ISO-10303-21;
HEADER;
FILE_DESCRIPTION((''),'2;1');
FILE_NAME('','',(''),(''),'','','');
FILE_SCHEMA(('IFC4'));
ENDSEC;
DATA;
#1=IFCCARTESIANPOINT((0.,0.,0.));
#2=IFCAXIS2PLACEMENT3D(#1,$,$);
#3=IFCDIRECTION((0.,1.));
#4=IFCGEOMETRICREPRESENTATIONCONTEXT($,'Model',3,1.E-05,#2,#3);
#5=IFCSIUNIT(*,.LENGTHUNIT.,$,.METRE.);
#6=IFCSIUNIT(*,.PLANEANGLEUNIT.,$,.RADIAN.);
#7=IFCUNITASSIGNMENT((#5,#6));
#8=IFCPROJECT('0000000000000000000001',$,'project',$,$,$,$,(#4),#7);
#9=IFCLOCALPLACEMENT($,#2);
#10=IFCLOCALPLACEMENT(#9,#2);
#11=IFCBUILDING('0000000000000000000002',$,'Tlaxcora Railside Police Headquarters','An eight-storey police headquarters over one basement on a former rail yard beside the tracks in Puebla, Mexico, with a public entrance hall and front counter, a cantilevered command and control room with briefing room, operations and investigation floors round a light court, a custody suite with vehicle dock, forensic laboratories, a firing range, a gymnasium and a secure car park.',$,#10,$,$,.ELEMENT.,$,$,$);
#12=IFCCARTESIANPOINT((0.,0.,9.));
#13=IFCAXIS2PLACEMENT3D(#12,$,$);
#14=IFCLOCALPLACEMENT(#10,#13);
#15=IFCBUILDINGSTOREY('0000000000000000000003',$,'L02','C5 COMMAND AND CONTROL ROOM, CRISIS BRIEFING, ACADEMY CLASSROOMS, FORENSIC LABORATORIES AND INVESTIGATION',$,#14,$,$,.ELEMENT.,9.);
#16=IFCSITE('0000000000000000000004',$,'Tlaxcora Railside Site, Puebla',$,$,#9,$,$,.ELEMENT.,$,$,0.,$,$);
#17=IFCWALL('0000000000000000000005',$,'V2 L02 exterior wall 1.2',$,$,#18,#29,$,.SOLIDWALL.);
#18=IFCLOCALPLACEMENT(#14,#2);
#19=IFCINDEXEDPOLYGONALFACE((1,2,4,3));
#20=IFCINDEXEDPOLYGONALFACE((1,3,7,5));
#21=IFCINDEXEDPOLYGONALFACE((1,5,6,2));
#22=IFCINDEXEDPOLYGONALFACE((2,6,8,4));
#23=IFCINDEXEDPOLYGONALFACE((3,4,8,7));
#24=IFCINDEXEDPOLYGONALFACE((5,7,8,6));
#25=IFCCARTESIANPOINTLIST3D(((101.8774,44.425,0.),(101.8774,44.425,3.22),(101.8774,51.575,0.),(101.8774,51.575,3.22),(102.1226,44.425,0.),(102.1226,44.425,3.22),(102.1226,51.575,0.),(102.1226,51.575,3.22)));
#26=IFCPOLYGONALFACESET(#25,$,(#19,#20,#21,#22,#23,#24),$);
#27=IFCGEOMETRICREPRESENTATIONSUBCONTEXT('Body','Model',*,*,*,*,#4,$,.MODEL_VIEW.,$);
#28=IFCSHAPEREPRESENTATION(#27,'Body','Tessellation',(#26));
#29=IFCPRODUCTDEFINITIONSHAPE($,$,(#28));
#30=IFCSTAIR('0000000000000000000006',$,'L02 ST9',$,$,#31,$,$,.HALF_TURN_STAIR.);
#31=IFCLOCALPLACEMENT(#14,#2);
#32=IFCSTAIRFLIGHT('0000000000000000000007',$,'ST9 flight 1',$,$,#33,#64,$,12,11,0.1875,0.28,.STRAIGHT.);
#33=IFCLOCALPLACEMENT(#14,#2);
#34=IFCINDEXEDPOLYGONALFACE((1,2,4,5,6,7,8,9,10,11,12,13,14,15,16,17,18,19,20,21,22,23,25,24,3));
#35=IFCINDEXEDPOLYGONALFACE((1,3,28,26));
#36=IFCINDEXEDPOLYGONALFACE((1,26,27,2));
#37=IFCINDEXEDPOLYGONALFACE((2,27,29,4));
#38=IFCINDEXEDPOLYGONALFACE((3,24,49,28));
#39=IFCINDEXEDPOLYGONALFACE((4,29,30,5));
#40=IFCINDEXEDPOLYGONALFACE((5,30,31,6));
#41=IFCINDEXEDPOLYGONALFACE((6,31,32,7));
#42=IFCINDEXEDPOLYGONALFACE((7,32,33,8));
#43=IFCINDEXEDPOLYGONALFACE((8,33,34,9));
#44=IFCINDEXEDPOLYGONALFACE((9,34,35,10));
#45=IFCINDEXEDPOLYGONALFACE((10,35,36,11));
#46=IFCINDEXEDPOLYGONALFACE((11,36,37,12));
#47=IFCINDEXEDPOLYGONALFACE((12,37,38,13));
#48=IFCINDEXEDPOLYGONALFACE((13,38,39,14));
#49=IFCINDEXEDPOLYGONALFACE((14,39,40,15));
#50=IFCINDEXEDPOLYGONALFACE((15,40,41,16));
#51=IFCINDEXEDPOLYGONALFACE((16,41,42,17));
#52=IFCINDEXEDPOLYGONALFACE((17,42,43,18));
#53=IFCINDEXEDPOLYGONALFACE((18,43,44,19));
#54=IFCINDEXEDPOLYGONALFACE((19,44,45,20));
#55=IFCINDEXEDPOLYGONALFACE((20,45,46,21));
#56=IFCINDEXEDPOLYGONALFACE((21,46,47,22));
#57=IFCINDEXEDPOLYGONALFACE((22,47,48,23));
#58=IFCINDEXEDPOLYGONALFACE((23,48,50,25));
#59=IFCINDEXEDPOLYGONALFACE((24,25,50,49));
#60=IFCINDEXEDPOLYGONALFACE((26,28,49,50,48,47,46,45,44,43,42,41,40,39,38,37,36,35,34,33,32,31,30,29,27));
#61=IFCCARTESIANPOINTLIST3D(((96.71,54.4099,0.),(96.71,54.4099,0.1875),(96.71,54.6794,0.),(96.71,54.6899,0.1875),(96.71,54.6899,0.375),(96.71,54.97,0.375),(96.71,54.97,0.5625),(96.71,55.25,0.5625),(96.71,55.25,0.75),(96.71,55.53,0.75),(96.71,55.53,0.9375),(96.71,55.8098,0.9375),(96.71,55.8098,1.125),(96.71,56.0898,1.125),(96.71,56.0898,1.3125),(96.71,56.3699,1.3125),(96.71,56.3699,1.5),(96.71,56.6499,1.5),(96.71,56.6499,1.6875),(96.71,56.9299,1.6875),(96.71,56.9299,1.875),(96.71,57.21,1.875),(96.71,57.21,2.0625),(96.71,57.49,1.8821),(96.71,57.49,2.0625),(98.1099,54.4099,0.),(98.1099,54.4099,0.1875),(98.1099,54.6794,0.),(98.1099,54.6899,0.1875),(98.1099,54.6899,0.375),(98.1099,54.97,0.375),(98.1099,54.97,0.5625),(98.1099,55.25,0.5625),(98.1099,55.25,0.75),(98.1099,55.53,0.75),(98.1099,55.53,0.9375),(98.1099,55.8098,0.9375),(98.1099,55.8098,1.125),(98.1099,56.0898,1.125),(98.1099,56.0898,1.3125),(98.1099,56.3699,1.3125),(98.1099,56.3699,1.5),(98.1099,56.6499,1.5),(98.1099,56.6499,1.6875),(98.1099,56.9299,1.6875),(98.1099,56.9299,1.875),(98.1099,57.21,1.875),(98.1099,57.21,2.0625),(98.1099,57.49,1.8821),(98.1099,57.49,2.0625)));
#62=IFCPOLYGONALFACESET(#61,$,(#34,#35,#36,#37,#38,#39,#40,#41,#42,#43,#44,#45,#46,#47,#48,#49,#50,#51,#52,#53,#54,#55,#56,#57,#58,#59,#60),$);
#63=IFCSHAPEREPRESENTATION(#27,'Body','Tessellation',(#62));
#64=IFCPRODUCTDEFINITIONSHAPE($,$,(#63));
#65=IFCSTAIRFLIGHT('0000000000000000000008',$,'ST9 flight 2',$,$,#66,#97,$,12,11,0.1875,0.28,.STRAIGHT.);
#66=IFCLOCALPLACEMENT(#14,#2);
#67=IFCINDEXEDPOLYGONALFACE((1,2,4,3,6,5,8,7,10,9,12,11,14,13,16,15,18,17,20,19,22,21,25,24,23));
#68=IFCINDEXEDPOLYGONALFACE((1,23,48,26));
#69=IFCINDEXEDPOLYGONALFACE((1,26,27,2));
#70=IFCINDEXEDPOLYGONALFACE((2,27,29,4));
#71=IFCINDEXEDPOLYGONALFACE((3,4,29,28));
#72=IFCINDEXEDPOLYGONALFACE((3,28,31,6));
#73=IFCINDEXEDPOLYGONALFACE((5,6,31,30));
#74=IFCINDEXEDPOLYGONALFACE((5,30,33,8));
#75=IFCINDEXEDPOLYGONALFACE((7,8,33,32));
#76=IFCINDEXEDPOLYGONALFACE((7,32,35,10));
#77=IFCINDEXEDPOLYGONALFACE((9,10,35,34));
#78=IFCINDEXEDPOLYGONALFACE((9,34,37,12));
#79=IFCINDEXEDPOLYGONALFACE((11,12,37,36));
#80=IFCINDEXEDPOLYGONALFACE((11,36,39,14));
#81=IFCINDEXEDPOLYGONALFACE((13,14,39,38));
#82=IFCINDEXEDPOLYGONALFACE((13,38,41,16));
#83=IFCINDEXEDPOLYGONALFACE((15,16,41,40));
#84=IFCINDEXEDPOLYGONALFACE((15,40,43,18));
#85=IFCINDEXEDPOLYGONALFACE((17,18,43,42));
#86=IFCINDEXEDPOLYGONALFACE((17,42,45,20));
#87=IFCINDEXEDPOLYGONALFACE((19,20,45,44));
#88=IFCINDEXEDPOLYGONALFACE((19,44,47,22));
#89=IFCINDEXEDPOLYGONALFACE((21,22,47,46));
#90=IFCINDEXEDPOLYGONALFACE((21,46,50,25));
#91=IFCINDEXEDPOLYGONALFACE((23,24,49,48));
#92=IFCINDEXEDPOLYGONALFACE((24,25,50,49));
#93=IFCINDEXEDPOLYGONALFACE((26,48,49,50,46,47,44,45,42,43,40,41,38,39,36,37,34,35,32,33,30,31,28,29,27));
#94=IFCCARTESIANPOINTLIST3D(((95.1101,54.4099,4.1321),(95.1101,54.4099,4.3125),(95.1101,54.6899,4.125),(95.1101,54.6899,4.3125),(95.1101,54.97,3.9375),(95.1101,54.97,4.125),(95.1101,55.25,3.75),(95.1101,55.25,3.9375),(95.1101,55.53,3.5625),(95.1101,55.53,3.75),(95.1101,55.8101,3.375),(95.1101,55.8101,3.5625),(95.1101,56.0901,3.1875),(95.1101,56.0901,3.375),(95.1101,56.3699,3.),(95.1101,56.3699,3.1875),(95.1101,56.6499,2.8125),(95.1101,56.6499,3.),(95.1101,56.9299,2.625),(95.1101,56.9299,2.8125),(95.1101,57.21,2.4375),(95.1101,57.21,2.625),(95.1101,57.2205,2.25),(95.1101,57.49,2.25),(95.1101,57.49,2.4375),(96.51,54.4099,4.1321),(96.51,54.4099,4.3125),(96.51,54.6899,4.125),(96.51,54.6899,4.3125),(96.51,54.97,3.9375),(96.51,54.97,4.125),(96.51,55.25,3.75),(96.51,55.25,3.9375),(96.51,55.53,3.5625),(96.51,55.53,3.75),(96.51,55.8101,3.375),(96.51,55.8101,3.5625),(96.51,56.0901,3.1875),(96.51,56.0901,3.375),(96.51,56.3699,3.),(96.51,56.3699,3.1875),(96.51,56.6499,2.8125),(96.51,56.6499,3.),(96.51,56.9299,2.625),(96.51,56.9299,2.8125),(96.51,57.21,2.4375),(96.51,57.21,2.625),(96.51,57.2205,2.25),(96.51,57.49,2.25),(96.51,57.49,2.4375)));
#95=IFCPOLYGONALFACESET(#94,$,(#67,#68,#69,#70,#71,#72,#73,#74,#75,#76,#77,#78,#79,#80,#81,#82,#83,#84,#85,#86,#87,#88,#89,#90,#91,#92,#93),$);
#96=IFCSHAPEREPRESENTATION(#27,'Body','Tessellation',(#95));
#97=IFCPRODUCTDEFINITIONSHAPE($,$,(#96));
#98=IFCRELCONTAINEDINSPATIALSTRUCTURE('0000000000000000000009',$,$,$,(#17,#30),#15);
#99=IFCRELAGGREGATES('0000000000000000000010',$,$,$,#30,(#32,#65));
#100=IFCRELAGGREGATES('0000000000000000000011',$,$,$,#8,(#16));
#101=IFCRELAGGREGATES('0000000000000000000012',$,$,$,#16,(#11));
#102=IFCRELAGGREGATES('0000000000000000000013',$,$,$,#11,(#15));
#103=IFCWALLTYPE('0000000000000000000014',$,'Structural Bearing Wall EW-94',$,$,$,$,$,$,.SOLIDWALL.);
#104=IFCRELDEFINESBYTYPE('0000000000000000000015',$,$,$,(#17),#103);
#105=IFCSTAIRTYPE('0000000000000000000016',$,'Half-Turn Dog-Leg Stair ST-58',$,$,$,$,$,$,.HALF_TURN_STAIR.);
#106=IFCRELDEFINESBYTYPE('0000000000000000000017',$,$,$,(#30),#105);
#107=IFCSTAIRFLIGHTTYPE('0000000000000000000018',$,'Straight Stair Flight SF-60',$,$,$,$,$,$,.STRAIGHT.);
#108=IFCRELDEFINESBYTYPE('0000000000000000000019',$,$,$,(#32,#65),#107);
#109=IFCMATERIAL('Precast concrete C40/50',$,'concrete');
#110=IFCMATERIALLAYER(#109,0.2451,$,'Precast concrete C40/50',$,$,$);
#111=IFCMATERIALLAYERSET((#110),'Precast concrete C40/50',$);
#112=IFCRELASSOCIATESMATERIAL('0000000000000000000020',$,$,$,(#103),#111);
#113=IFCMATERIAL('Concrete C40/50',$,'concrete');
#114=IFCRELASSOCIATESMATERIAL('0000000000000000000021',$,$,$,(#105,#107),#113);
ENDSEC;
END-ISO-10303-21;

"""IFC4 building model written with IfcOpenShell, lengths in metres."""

from ifc_helpers import new_model, si_unit, direction, frame, frame_2d, origin, place, context, subcontext, project, spatial, polyline, rectangle, outline, extrude, material, layer, layer_set, type_object, element, aggregate, save


model = new_model("IFC4")

# Units and contexts
model_context = context("Model", 3, precision=1e-05, world=origin(), true_north=direction((0.0, 1.0)))
body_context = subcontext(model_context, "Body", "Model", "MODEL_VIEW")
ifc_project = project(units=[si_unit("LENGTHUNIT", "METRE"), si_unit("PLANEANGLEUNIT", "RADIAN")], contexts=[model_context])

# Site, building, storey
site_placement = place(None, origin())
site = spatial("IfcSite", under=ifc_project, at=site_placement, Name="Tlaxcora Railside Site, Puebla", CompositionType="ELEMENT", RefElevation=0.0)
building_placement = place(site_placement, origin())
building = spatial("IfcBuilding", under=site, at=building_placement, Name="Tlaxcora Railside Police Headquarters", Description="An eight-storey police headquarters over one basement on a former rail yard beside the tracks in Puebla, Mexico, with a public entrance hall and front counter, a cantilevered command and control room with briefing room, operations and investigation floors round a light court, a custody suite with vehicle dock, forensic laboratories, a firing range, a gymnasium and a secure car park.", CompositionType="ELEMENT")
storey_placement = place(building_placement, frame((0.0, 0.0, 9.0)))
storey = spatial("IfcBuildingStorey", under=building, at=storey_placement, Name="L02", Description="C5 COMMAND AND CONTROL ROOM, CRISIS BRIEFING, ACADEMY CLASSROOMS, FORENSIC LABORATORIES AND INVESTIGATION", CompositionType="ELEMENT", Elevation=9.0)

# Shared definitions
ifc_material_1 = material(Name="Concrete C40/50", Category="concrete")

# Wall
ifc_material_2 = material(Name="Precast concrete C40/50", Category="concrete")
ifc_layer_1 = layer(ifc_material_2, 0.2451, Name="Precast concrete C40/50")
ifc_layer_set_1 = layer_set([ifc_layer_1], Name="Precast concrete C40/50")
wall_type_1 = type_object("IfcWallType", Name="Structural Bearing Wall EW-94", PredefinedType="SOLIDWALL", material=ifc_layer_set_1)
wall_1_placement = place(storey_placement, frame((102.0, 44.425, 0.0), z_axis=(0.0, 0.0, 1.0), x_axis=(0.0, 1.0, 0.0)))
element("IfcWall", 1, at=wall_1_placement, inside=storey, type_object=wall_type_1, Name="V2 L02 exterior wall 1.2", PredefinedType="SOLIDWALL", context=body_context, shape_type="SweptSolid", body=[
    extrude(rectangle(XDim=7.1499, YDim=0.2451, at=frame_2d((3.575, 0.0))), origin(), (0.0, 0.0, 1.0), 3.22),
])

# Stair, stair flights
stair_type = type_object("IfcStairType", Name="Half-Turn Dog-Leg Stair ST-58", PredefinedType="HALF_TURN_STAIR", material=ifc_material_1)
stair_placement = place(storey_placement, origin())
stair = element("IfcStair", 2, at=stair_placement, inside=storey, type_object=stair_type, Name="L02 ST9", PredefinedType="HALF_TURN_STAIR")
stair_flight_type = type_object("IfcStairFlightType", Name="Straight Stair Flight SF-60", PredefinedType="STRAIGHT", material=ifc_material_1)
stair_flight_1_placement = place(storey_placement, frame((97.4099, 54.4099, 0.0), z_axis=(0.0, 0.0, 1.0), x_axis=(0.0, 1.0, 0.0)))
stair_flight_1 = element("IfcStairFlight", 3, at=stair_flight_1_placement, type_object=stair_flight_type, Name="ST9 flight 1", NumberOfRisers=12, NumberOfTreads=11, PredefinedType="STRAIGHT", RiserHeight=0.1875, TreadLength=0.28, context=body_context, shape_type="SweptSolid", body=[
    extrude(outline(polyline([(0.0, 0.0), (0.0, 0.1875), (0.28, 0.1875), (0.28, 0.375), (0.5601, 0.375), (0.5601, 0.5625), (0.8401, 0.5625), (0.8401, 0.75), (1.1201, 0.75), (1.1201, 0.9375), (1.3999, 0.9375), (1.3999, 1.125), (1.6799, 1.125), (1.6799, 1.3125), (1.96, 1.3125), (1.96, 1.5), (2.24, 1.5), (2.24, 1.6875), (2.52, 1.6875), (2.52, 1.875), (2.8, 1.875), (2.8, 2.0625), (3.0801, 2.0625), (3.0801, 2.25), (3.0801, 1.8821), (0.2695, 0.0), (0.0, 0.0)])), frame((0.0, 0.7, 0.0), z_axis=(0.0, -1.0, 0.0), x_axis=(1.0, 0.0, 0.0)), (0.0, 0.0, 1.0), 1.3999),
])
stair_flight_2_placement = place(storey_placement, frame((95.8101, 57.49, 2.25), z_axis=(0.0, 0.0, 1.0), x_axis=(0.0, -1.0, 0.0)))
stair_flight_2 = element("IfcStairFlight", 4, at=stair_flight_2_placement, type_object=stair_flight_type, Name="ST9 flight 2", NumberOfRisers=12, NumberOfTreads=11, PredefinedType="STRAIGHT", RiserHeight=0.1875, TreadLength=0.28, context=body_context, shape_type="SweptSolid", body=[
    extrude(outline(polyline([(0.0, 0.0), (0.0, 0.1875), (0.28, 0.1875), (0.28, 0.375), (0.5601, 0.375), (0.5601, 0.5625), (0.8401, 0.5625), (0.8401, 0.75), (1.1201, 0.75), (1.1201, 0.9375), (1.3999, 0.9375), (1.3999, 1.125), (1.6799, 1.125), (1.6799, 1.3125), (1.96, 1.3125), (1.96, 1.5), (2.24, 1.5), (2.24, 1.6875), (2.52, 1.6875), (2.52, 1.875), (2.8, 1.875), (2.8, 2.0625), (3.0801, 2.0625), (3.0801, 2.25), (3.0801, 1.8821), (0.2695, 0.0), (0.0, 0.0)])), frame((0.0, 0.7, 0.0), z_axis=(0.0, -1.0, 0.0), x_axis=(1.0, 0.0, 0.0)), (0.0, 0.0, 1.0), 1.3999),
])
aggregate(stair, [stair_flight_1, stair_flight_2])

save(model, "model.ifc")
